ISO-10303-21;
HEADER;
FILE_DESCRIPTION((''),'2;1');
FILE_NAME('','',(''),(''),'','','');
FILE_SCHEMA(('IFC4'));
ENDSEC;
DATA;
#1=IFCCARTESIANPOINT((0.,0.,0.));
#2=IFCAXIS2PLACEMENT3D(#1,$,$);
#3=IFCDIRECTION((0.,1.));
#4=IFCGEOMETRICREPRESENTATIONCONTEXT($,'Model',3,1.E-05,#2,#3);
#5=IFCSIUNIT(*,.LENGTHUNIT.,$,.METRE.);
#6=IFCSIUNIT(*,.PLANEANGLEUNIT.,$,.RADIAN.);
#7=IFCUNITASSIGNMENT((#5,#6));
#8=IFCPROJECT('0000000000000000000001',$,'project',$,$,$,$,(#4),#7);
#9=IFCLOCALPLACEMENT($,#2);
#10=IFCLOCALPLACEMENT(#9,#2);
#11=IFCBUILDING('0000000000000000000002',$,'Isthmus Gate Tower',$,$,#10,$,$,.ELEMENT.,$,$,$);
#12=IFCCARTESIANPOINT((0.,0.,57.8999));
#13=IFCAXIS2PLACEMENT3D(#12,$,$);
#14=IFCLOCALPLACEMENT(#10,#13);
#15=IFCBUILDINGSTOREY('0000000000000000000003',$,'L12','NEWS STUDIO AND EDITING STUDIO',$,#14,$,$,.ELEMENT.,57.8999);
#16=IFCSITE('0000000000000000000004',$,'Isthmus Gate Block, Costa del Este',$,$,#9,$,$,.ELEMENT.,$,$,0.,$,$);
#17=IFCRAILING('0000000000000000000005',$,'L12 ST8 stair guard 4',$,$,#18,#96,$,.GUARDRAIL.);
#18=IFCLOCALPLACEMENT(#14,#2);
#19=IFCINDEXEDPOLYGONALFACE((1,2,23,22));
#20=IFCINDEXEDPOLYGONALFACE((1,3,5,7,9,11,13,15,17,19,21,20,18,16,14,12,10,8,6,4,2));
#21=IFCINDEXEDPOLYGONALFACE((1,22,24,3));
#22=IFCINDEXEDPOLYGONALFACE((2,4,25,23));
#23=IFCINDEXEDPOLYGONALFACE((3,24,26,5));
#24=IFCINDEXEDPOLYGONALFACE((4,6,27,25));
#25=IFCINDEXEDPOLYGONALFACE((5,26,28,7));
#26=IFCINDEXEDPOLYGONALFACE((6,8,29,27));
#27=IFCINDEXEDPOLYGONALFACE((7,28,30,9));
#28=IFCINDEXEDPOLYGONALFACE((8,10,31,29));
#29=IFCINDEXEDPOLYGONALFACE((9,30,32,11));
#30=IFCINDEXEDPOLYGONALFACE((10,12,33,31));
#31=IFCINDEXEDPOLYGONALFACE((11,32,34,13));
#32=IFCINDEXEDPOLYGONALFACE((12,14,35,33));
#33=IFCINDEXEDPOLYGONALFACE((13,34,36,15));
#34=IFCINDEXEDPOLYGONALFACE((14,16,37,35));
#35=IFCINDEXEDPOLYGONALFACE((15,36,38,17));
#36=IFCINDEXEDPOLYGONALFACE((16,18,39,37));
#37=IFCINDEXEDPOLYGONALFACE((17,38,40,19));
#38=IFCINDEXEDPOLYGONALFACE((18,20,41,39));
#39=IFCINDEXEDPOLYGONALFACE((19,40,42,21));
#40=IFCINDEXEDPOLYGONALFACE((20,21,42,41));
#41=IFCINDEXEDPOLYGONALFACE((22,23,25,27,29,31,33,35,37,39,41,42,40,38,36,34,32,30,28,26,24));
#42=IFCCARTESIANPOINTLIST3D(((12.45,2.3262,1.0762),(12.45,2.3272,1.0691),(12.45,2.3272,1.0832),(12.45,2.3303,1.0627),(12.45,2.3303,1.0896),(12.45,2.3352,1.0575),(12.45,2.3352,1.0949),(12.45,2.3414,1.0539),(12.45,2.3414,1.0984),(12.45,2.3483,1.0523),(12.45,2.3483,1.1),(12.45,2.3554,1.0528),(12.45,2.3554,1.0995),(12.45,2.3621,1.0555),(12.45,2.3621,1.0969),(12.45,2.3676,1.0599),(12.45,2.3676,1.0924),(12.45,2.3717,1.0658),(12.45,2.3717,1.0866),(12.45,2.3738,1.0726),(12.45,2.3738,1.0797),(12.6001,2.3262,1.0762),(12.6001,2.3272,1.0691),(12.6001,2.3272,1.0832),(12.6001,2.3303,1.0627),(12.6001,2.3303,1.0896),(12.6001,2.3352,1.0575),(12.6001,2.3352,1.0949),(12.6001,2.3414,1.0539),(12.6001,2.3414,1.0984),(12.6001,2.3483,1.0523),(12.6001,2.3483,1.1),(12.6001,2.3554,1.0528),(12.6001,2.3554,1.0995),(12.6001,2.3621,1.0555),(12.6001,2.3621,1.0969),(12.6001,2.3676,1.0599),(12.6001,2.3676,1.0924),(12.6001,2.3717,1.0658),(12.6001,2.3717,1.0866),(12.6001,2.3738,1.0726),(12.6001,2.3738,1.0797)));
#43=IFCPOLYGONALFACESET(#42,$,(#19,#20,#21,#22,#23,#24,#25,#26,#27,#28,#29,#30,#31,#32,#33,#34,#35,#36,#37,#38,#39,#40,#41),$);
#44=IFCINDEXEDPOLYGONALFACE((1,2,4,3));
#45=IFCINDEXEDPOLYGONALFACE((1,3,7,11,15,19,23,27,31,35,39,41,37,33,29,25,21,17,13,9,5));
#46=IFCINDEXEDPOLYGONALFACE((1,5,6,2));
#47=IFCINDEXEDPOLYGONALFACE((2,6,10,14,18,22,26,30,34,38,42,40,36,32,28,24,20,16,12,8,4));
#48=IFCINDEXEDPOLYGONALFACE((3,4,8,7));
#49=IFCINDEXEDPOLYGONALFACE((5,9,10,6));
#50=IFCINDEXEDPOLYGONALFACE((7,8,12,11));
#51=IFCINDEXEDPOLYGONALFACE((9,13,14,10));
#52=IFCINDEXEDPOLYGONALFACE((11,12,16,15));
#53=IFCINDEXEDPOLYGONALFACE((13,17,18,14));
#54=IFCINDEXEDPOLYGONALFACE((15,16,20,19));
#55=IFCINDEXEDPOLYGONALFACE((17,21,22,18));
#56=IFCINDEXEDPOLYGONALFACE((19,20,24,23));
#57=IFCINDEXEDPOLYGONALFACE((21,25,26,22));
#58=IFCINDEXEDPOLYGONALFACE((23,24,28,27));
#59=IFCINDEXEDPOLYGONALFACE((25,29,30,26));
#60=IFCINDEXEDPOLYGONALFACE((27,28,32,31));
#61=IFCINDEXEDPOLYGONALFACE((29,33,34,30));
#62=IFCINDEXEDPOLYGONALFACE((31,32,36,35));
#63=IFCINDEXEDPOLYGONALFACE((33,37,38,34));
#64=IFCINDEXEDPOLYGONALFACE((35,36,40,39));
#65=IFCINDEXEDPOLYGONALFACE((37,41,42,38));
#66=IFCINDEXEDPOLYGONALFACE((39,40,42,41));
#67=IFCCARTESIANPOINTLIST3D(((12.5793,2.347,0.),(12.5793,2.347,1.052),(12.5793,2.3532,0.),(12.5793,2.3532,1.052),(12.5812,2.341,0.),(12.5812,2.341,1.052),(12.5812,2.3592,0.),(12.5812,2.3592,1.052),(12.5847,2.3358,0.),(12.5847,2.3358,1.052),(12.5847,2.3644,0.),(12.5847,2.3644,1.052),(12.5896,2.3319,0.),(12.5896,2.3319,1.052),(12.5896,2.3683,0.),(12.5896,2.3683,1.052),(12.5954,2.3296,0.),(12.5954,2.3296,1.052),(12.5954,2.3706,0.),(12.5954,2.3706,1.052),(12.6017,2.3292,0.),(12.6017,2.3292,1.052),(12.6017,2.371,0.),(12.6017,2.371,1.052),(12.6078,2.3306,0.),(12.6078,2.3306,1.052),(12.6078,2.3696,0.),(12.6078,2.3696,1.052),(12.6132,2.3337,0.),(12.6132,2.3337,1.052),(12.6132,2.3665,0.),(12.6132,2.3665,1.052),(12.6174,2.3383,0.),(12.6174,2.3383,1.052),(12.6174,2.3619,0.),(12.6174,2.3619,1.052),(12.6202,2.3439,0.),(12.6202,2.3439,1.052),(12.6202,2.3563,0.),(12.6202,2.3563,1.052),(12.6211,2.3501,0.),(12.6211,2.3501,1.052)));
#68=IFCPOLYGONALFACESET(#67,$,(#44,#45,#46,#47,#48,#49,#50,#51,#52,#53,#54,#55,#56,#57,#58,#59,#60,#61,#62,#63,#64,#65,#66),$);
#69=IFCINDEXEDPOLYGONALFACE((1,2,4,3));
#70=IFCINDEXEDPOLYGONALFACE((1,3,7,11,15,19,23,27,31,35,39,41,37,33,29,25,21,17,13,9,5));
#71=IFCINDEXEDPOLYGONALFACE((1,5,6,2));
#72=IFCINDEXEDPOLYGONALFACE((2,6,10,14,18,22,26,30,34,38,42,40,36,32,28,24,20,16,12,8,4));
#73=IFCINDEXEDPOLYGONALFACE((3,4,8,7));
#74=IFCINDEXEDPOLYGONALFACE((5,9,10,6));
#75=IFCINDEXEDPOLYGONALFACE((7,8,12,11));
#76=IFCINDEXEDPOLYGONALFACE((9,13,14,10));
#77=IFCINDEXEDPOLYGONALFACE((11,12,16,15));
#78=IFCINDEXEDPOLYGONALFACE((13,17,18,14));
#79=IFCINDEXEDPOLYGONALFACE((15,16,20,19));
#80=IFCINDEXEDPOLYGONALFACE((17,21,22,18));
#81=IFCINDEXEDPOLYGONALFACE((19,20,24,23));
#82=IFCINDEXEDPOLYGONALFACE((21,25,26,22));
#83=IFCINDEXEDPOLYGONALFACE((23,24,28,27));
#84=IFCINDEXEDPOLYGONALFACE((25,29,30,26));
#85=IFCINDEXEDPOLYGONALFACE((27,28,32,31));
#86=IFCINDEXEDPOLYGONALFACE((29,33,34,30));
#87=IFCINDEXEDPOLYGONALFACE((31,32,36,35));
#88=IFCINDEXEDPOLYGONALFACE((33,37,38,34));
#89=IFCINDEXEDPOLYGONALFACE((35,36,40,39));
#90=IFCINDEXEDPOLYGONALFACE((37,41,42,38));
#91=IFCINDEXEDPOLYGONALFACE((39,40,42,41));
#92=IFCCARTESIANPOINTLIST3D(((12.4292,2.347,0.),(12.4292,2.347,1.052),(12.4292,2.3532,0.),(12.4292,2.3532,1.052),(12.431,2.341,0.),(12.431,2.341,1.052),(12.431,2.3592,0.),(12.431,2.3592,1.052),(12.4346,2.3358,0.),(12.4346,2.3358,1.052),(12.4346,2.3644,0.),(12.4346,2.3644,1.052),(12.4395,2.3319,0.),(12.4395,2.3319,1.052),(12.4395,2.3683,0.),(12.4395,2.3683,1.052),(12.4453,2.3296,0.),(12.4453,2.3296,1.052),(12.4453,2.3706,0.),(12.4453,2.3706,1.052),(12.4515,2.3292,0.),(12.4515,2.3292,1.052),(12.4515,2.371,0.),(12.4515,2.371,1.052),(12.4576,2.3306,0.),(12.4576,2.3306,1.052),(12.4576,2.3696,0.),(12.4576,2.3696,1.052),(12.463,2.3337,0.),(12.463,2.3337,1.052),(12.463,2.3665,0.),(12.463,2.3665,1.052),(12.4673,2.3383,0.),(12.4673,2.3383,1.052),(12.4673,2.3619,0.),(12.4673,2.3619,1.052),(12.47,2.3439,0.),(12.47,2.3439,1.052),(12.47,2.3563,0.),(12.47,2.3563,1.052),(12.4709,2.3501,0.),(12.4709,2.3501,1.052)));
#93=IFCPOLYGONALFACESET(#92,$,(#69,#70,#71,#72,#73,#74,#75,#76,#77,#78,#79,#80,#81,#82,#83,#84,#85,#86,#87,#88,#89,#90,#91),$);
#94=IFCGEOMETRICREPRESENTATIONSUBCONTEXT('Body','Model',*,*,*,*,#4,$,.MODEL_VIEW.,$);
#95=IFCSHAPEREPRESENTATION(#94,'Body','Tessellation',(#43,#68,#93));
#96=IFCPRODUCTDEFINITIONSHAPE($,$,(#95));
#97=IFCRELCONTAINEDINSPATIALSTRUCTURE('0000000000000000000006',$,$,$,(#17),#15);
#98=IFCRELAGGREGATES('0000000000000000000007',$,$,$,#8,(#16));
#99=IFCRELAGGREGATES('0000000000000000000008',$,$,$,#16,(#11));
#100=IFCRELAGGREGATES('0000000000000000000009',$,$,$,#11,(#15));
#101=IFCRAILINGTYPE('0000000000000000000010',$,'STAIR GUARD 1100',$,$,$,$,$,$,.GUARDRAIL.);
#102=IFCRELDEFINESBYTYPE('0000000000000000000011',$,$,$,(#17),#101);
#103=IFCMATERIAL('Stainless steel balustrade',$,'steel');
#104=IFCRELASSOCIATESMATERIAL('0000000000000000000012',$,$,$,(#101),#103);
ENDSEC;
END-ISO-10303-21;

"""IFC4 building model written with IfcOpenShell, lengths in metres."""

from ifc_helpers import new_model, si_unit, direction, frame, origin, origin_2d, place, context, subcontext, project, spatial, circle, extrude, material, type_object, element, save


model = new_model("IFC4")

# Units and contexts
model_context = context("Model", 3, precision=1e-05, world=origin(), true_north=direction((0.0, 1.0)))
body_context = subcontext(model_context, "Body", "Model", "MODEL_VIEW")
ifc_project = project(units=[si_unit("LENGTHUNIT", "METRE"), si_unit("PLANEANGLEUNIT", "RADIAN")], contexts=[model_context])

# Site, building, storey
site_placement = place(None, origin())
site = spatial("IfcSite", under=ifc_project, at=site_placement, Name="Isthmus Gate Block, Costa del Este", CompositionType="ELEMENT", RefElevation=0.0)
building_placement = place(site_placement, origin())
building = spatial("IfcBuilding", under=site, at=building_placement, Name="Isthmus Gate Tower", CompositionType="ELEMENT")
storey_placement = place(building_placement, frame((0.0, 0.0, 57.8999)))
storey = spatial("IfcBuildingStorey", under=building, at=storey_placement, Name="L12", Description="NEWS STUDIO AND EDITING STUDIO", CompositionType="ELEMENT", Elevation=57.8999)

# Railing
ifc_material_1 = material(Name="Stainless steel balustrade", Category="steel")
railing_type_1 = type_object("IfcRailingType", Name="STAIR GUARD 1100", PredefinedType="GUARDRAIL", material=ifc_material_1)
railing_1_placement = place(storey_placement, frame((12.6001, 2.3501, 0.0)))
element("IfcRailing", 1, at=railing_1_placement, inside=storey, type_object=railing_type_1, Name="L12 ST8 stair guard 4", PredefinedType="GUARDRAIL", context=body_context, shape_type="SweptSolid", body=[
    extrude(circle(Radius=0.0239, at=origin_2d()), frame((0.0, 0.0, 1.0762), z_axis=(-1.0, 0.0, 0.0), x_axis=(0.0, -1.0, 0.0)), (0.0, 0.0, 1.0), 0.1501),
    extrude(circle(Radius=0.021, at=origin_2d()), origin(), (0.0, 0.0, 1.0), 1.052),
    extrude(circle(Radius=0.021, at=origin_2d()), frame((-0.1501, 0.0, 0.0)), (0.0, 0.0, 1.0), 1.052),
])

save(model, "model.ifc")
